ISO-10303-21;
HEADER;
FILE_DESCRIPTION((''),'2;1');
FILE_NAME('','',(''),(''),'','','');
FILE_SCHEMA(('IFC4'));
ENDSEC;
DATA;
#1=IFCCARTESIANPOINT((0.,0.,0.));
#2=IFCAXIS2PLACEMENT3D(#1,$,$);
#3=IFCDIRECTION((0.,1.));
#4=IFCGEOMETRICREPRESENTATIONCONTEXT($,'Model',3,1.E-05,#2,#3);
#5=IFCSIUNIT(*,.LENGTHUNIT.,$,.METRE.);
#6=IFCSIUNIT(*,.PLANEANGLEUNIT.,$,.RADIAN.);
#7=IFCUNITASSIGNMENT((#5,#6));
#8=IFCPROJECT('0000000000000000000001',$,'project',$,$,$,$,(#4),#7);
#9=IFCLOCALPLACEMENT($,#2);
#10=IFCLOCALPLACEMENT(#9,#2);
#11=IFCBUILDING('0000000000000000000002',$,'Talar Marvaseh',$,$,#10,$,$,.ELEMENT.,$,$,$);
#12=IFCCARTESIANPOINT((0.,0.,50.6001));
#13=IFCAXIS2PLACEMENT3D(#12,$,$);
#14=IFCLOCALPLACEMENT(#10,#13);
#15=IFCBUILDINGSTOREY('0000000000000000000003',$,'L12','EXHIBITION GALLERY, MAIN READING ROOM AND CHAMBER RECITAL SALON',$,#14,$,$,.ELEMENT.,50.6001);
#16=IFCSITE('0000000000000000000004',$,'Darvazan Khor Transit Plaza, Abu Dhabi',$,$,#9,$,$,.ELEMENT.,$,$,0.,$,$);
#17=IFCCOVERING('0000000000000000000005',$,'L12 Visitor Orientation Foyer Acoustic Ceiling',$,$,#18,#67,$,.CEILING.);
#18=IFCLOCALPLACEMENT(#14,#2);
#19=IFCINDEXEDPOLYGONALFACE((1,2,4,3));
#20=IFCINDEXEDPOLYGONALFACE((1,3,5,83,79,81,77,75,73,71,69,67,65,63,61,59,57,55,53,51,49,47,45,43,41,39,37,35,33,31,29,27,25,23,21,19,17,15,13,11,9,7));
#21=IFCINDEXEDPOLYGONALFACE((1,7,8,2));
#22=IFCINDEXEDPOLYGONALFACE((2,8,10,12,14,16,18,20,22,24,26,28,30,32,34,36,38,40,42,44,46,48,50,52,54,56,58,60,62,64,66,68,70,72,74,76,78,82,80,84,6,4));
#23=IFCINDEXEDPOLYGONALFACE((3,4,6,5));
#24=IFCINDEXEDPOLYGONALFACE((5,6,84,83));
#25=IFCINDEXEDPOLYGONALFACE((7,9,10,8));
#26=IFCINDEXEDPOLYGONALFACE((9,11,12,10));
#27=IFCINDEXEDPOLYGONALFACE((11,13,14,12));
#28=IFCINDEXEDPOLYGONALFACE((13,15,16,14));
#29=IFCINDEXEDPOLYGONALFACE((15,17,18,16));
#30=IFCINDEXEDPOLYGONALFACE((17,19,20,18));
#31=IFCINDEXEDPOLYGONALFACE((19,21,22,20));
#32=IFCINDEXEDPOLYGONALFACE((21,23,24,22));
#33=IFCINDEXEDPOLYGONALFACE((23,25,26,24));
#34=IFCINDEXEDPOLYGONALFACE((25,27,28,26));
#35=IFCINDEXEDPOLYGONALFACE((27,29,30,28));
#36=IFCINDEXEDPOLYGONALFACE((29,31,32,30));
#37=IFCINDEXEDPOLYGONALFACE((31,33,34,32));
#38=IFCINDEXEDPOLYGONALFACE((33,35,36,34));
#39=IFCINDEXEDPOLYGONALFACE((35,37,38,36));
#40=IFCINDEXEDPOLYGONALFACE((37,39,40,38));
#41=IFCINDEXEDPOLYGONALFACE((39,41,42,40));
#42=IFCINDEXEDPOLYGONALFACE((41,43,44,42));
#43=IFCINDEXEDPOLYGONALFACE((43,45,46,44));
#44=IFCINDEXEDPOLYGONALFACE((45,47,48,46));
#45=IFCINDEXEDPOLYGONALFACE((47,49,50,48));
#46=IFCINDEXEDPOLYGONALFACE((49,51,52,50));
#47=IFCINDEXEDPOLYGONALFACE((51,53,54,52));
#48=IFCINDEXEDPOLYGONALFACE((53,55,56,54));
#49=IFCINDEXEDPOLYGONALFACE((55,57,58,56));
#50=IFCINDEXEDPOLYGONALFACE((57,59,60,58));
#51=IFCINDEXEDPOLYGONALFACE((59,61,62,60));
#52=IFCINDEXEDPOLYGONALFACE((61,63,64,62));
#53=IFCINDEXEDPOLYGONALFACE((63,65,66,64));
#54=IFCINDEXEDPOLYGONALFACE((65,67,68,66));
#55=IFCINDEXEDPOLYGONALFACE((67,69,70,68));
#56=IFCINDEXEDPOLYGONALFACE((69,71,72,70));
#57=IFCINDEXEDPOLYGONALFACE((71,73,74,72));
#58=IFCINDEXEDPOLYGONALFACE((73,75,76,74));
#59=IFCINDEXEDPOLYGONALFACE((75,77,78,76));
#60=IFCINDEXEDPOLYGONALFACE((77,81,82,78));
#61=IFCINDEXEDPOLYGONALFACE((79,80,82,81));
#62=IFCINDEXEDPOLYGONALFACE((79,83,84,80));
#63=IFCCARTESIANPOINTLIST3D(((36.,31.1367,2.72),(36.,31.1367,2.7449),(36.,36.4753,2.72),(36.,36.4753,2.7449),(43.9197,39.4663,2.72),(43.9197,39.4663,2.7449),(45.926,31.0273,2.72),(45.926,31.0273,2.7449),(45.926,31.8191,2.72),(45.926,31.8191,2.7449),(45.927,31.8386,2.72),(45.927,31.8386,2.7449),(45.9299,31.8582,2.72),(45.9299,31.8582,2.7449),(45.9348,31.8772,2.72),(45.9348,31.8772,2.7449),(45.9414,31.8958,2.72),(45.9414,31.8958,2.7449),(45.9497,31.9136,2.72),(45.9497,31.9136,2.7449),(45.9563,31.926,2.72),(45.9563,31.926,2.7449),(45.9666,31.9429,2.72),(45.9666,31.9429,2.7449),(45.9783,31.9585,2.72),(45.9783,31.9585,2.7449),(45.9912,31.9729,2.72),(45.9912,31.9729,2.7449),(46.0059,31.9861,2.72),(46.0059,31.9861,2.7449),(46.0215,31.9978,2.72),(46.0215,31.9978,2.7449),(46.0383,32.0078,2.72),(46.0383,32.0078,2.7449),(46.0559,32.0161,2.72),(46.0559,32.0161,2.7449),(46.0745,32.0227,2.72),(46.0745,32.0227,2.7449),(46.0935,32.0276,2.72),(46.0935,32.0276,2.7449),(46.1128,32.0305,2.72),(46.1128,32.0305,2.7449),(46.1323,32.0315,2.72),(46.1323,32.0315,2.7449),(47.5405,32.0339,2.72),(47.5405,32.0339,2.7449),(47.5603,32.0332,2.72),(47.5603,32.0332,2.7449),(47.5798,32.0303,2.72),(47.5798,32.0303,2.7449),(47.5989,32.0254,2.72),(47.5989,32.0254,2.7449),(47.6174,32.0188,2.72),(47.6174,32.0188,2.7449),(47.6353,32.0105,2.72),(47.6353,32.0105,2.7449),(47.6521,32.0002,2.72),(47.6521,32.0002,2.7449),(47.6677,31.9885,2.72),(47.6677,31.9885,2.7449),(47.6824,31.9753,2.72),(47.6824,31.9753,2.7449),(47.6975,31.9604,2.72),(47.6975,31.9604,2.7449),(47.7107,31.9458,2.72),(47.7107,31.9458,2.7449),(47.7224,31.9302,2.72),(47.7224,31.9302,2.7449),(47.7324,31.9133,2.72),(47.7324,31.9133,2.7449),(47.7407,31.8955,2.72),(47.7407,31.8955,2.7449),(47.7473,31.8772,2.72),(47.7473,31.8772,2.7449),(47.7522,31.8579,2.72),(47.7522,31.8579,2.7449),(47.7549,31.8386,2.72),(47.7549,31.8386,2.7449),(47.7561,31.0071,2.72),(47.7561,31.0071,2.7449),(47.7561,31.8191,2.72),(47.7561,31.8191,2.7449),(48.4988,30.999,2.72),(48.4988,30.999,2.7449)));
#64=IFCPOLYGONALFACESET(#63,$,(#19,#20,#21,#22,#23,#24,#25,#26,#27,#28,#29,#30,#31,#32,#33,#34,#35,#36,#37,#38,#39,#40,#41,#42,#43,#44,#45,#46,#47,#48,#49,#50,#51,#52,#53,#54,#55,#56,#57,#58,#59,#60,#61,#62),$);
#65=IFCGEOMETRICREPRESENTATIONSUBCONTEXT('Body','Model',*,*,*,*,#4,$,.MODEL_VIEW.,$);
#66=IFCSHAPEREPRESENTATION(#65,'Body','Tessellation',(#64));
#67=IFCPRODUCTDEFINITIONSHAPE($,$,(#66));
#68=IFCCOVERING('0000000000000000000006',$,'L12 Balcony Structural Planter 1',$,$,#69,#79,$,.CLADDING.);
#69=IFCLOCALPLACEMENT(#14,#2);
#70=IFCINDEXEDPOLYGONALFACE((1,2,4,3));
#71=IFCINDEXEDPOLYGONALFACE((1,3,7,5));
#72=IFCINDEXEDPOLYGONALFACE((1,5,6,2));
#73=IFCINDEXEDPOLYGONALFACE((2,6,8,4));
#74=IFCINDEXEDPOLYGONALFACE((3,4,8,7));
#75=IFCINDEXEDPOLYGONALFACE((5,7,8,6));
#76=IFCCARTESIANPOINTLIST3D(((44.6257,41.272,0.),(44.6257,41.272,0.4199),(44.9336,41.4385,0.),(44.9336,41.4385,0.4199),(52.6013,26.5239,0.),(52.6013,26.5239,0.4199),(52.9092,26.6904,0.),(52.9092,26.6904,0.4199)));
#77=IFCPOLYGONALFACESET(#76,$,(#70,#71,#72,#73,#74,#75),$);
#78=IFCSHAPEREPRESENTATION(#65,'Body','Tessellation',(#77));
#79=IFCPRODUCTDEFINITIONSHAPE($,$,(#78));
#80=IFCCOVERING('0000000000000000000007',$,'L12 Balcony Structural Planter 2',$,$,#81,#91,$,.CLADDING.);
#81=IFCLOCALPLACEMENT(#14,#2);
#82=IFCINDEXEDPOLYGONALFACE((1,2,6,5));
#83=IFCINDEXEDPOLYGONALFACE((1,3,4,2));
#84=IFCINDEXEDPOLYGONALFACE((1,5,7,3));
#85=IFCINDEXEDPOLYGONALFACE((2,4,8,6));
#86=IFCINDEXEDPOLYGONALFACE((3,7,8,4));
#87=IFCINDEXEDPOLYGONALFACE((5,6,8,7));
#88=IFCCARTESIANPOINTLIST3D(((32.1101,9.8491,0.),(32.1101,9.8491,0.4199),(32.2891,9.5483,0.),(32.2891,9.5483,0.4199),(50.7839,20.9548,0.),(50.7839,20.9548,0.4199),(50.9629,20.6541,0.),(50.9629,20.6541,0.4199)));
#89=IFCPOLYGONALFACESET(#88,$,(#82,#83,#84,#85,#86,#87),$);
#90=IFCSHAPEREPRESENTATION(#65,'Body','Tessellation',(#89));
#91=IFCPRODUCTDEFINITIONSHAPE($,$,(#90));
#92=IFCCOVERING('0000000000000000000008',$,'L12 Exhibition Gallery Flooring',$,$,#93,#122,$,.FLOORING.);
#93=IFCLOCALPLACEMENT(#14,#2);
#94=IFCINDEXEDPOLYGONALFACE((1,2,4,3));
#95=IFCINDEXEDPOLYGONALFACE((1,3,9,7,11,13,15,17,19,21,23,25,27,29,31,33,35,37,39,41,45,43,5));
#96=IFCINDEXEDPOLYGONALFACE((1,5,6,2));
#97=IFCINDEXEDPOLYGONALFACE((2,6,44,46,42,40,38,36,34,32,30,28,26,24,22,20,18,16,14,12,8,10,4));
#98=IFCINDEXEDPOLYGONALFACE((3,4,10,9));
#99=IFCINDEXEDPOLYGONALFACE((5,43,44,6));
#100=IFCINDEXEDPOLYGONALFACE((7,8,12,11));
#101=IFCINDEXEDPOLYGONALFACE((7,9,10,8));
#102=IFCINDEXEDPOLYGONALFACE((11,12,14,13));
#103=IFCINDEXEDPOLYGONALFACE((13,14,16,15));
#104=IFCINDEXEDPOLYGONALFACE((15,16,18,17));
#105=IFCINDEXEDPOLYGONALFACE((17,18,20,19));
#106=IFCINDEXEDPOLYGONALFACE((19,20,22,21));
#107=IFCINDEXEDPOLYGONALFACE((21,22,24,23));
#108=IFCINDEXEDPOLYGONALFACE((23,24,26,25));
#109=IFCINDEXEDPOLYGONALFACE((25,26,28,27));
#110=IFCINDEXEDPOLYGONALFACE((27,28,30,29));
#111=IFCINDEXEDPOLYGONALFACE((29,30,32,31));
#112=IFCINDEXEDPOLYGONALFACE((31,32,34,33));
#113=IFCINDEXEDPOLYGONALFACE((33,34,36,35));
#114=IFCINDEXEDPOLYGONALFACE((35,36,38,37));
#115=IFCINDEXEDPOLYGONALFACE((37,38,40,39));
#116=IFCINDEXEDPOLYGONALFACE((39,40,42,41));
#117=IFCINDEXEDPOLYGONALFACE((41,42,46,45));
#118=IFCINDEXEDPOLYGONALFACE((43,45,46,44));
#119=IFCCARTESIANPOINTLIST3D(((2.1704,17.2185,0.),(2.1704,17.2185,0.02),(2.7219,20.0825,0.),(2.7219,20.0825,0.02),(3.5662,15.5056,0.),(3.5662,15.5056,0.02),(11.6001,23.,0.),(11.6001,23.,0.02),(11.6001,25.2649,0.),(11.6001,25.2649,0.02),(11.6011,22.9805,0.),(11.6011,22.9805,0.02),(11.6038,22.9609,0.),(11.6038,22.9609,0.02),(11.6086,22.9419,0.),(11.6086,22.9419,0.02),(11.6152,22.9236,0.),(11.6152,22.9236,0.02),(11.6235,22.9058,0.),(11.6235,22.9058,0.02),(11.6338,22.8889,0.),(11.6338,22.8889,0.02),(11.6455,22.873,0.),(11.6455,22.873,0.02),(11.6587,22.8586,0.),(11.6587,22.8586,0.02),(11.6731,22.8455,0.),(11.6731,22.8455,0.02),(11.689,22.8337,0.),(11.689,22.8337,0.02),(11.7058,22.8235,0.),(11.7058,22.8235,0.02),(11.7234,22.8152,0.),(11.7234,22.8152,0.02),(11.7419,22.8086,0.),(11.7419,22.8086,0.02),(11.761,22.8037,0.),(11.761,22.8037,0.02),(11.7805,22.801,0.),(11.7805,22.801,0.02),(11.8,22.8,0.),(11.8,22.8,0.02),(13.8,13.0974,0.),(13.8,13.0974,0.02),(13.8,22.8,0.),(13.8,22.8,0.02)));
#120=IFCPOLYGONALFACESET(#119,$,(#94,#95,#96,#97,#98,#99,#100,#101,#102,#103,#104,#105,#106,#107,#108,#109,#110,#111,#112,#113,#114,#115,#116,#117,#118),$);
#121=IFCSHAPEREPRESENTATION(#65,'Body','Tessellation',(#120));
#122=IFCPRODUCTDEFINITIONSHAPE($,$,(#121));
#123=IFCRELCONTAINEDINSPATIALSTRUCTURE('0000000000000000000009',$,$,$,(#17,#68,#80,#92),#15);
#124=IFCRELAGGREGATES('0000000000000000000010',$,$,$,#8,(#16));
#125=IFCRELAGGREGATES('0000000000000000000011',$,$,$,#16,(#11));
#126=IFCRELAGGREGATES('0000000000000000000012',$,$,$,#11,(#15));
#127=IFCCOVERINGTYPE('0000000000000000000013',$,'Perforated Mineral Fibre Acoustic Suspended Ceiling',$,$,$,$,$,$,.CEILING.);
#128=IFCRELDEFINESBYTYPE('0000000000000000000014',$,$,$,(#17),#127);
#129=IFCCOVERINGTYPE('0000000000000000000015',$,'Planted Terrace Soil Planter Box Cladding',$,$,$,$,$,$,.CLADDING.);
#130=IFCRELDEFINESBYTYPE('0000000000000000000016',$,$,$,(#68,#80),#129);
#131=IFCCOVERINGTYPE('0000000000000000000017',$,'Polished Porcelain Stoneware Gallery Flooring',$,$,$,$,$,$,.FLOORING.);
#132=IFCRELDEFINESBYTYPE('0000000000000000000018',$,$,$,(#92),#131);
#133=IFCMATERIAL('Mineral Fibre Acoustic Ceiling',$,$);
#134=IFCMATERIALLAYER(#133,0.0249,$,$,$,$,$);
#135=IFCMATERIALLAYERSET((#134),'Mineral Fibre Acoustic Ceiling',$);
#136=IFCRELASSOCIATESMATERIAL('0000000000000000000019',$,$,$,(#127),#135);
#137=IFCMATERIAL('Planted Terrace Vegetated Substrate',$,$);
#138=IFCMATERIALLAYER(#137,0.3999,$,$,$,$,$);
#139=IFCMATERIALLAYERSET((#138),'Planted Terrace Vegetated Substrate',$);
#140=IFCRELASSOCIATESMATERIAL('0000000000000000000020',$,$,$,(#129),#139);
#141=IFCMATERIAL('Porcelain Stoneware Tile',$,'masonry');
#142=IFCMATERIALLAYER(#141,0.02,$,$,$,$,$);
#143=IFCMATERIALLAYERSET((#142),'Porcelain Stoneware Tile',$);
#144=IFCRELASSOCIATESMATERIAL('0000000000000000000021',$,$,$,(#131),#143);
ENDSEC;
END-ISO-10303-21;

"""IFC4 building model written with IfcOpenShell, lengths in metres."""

from ifc_helpers import new_model, si_unit, direction, frame, origin, place, context, subcontext, project, spatial, polyline, outline, extrude, material, layer, layer_set, type_object, element, save


model = new_model("IFC4")

# Units and contexts
model_context = context("Model", 3, precision=1e-05, world=origin(), true_north=direction((0.0, 1.0)))
body_context = subcontext(model_context, "Body", "Model", "MODEL_VIEW")
ifc_project = project(units=[si_unit("LENGTHUNIT", "METRE"), si_unit("PLANEANGLEUNIT", "RADIAN")], contexts=[model_context])

# Site, building, storey
site_placement = place(None, origin())
site = spatial("IfcSite", under=ifc_project, at=site_placement, Name="Darvazan Khor Transit Plaza, Abu Dhabi", CompositionType="ELEMENT", RefElevation=0.0)
building_placement = place(site_placement, origin())
building = spatial("IfcBuilding", under=site, at=building_placement, Name="Talar Marvaseh", CompositionType="ELEMENT")
storey_placement = place(building_placement, frame((0.0, 0.0, 50.6001)))
storey = spatial("IfcBuildingStorey", under=building, at=storey_placement, Name="L12", Description="EXHIBITION GALLERY, MAIN READING ROOM AND CHAMBER RECITAL SALON", CompositionType="ELEMENT", Elevation=50.6001)

# Coverings
ifc_material_1 = material(Name="Mineral Fibre Acoustic Ceiling")
ifc_layer_1 = layer(ifc_material_1, 0.0249)
ifc_layer_set_1 = layer_set([ifc_layer_1], Name="Mineral Fibre Acoustic Ceiling")
covering_type_1 = type_object("IfcCoveringType", Name="Perforated Mineral Fibre Acoustic Suspended Ceiling", PredefinedType="CEILING", material=ifc_layer_set_1)
covering_1_placement = place(storey_placement, frame((0.0, 0.0, 2.72)))
element("IfcCovering", 1, at=covering_1_placement, inside=storey, type_object=covering_type_1, Name="L12 Visitor Orientation Foyer Acoustic Ceiling", PredefinedType="CEILING", context=body_context, shape_type="SweptSolid", body=[
    extrude(outline(polyline([(47.7549, 31.8386), (47.7522, 31.8579), (47.7473, 31.8772), (47.7407, 31.8955), (47.7324, 31.9133), (47.7224, 31.9302), (47.7107, 31.9458), (47.6975, 31.9604), (47.6824, 31.9753), (47.6677, 31.9885), (47.6521, 32.0002), (47.6353, 32.0105), (47.6174, 32.0188), (47.5989, 32.0254), (47.5798, 32.0303), (47.5603, 32.0332), (47.5405, 32.0339), (46.1323, 32.0315), (46.1128, 32.0305), (46.0935, 32.0276), (46.0745, 32.0227), (46.0559, 32.0161), (46.0383, 32.0078), (46.0215, 31.9978), (46.0059, 31.9861), (45.9912, 31.9729), (45.9783, 31.9585), (45.9666, 31.9429), (45.9563, 31.926), (45.9497, 31.9136), (45.9414, 31.8958), (45.9348, 31.8772), (45.9299, 31.8582), (45.927, 31.8386), (45.926, 31.8191), (45.926, 31.0273), (36.0, 31.1367), (36.0, 36.4753), (43.9197, 39.4663), (48.4988, 30.999), (47.7561, 31.0071), (47.7561, 31.8191), (47.7549, 31.8386)])), origin(), (0.0, 0.0, 1.0), 0.0249),
])
ifc_material_2 = material(Name="Planted Terrace Vegetated Substrate")
ifc_layer_2 = layer(ifc_material_2, 0.3999)
ifc_layer_set_2 = layer_set([ifc_layer_2], Name="Planted Terrace Vegetated Substrate")
covering_type_2 = type_object("IfcCoveringType", Name="Planted Terrace Soil Planter Box Cladding", PredefinedType="CLADDING", material=ifc_layer_set_2)
covering_2_placement = place(storey_placement, origin())
element("IfcCovering", 2, at=covering_2_placement, inside=storey, type_object=covering_type_2, Name="L12 Balcony Structural Planter 1", PredefinedType="CLADDING", context=body_context, shape_type="SweptSolid", body=[
    extrude(outline(polyline([(44.9336, 41.4385), (52.9092, 26.6904), (52.6013, 26.5239), (44.6257, 41.272), (44.9336, 41.4385)])), origin(), (0.0, 0.0, 1.0), 0.4199),
])
covering_3_placement = place(storey_placement, origin())
element("IfcCovering", 3, at=covering_3_placement, inside=storey, type_object=covering_type_2, Name="L12 Balcony Structural Planter 2", PredefinedType="CLADDING", context=body_context, shape_type="SweptSolid", body=[
    extrude(outline(polyline([(50.9629, 20.6541), (32.2891, 9.5483), (32.1101, 9.8491), (50.7839, 20.9548), (50.9629, 20.6541)])), origin(), (0.0, 0.0, 1.0), 0.4199),
])
ifc_material_3 = material(Name="Porcelain Stoneware Tile", Category="masonry")
ifc_layer_3 = layer(ifc_material_3, 0.02)
ifc_layer_set_3 = layer_set([ifc_layer_3], Name="Porcelain Stoneware Tile")
covering_type_3 = type_object("IfcCoveringType", Name="Polished Porcelain Stoneware Gallery Flooring", PredefinedType="FLOORING", material=ifc_layer_set_3)
covering_4_placement = place(storey_placement, origin())
element("IfcCovering", 4, at=covering_4_placement, inside=storey, type_object=covering_type_3, Name="L12 Exhibition Gallery Flooring", PredefinedType="FLOORING", context=body_context, shape_type="SweptSolid", body=[
    extrude(outline(polyline([(2.7219, 20.0825), (11.6001, 25.2649), (11.6001, 23.0), (11.6011, 22.9805), (11.6038, 22.9609), (11.6086, 22.9419), (11.6152, 22.9236), (11.6235, 22.9058), (11.6338, 22.8889), (11.6455, 22.873), (11.6587, 22.8586), (11.6731, 22.8455), (11.689, 22.8337), (11.7058, 22.8235), (11.7234, 22.8152), (11.7419, 22.8086), (11.761, 22.8037), (11.7805, 22.801), (11.8, 22.8), (13.8, 22.8), (13.8, 13.0974), (3.5662, 15.5056), (2.1704, 17.2185), (2.7219, 20.0825)])), origin(), (0.0, 0.0, 1.0), 0.02),
])

save(model, "model.ifc")
